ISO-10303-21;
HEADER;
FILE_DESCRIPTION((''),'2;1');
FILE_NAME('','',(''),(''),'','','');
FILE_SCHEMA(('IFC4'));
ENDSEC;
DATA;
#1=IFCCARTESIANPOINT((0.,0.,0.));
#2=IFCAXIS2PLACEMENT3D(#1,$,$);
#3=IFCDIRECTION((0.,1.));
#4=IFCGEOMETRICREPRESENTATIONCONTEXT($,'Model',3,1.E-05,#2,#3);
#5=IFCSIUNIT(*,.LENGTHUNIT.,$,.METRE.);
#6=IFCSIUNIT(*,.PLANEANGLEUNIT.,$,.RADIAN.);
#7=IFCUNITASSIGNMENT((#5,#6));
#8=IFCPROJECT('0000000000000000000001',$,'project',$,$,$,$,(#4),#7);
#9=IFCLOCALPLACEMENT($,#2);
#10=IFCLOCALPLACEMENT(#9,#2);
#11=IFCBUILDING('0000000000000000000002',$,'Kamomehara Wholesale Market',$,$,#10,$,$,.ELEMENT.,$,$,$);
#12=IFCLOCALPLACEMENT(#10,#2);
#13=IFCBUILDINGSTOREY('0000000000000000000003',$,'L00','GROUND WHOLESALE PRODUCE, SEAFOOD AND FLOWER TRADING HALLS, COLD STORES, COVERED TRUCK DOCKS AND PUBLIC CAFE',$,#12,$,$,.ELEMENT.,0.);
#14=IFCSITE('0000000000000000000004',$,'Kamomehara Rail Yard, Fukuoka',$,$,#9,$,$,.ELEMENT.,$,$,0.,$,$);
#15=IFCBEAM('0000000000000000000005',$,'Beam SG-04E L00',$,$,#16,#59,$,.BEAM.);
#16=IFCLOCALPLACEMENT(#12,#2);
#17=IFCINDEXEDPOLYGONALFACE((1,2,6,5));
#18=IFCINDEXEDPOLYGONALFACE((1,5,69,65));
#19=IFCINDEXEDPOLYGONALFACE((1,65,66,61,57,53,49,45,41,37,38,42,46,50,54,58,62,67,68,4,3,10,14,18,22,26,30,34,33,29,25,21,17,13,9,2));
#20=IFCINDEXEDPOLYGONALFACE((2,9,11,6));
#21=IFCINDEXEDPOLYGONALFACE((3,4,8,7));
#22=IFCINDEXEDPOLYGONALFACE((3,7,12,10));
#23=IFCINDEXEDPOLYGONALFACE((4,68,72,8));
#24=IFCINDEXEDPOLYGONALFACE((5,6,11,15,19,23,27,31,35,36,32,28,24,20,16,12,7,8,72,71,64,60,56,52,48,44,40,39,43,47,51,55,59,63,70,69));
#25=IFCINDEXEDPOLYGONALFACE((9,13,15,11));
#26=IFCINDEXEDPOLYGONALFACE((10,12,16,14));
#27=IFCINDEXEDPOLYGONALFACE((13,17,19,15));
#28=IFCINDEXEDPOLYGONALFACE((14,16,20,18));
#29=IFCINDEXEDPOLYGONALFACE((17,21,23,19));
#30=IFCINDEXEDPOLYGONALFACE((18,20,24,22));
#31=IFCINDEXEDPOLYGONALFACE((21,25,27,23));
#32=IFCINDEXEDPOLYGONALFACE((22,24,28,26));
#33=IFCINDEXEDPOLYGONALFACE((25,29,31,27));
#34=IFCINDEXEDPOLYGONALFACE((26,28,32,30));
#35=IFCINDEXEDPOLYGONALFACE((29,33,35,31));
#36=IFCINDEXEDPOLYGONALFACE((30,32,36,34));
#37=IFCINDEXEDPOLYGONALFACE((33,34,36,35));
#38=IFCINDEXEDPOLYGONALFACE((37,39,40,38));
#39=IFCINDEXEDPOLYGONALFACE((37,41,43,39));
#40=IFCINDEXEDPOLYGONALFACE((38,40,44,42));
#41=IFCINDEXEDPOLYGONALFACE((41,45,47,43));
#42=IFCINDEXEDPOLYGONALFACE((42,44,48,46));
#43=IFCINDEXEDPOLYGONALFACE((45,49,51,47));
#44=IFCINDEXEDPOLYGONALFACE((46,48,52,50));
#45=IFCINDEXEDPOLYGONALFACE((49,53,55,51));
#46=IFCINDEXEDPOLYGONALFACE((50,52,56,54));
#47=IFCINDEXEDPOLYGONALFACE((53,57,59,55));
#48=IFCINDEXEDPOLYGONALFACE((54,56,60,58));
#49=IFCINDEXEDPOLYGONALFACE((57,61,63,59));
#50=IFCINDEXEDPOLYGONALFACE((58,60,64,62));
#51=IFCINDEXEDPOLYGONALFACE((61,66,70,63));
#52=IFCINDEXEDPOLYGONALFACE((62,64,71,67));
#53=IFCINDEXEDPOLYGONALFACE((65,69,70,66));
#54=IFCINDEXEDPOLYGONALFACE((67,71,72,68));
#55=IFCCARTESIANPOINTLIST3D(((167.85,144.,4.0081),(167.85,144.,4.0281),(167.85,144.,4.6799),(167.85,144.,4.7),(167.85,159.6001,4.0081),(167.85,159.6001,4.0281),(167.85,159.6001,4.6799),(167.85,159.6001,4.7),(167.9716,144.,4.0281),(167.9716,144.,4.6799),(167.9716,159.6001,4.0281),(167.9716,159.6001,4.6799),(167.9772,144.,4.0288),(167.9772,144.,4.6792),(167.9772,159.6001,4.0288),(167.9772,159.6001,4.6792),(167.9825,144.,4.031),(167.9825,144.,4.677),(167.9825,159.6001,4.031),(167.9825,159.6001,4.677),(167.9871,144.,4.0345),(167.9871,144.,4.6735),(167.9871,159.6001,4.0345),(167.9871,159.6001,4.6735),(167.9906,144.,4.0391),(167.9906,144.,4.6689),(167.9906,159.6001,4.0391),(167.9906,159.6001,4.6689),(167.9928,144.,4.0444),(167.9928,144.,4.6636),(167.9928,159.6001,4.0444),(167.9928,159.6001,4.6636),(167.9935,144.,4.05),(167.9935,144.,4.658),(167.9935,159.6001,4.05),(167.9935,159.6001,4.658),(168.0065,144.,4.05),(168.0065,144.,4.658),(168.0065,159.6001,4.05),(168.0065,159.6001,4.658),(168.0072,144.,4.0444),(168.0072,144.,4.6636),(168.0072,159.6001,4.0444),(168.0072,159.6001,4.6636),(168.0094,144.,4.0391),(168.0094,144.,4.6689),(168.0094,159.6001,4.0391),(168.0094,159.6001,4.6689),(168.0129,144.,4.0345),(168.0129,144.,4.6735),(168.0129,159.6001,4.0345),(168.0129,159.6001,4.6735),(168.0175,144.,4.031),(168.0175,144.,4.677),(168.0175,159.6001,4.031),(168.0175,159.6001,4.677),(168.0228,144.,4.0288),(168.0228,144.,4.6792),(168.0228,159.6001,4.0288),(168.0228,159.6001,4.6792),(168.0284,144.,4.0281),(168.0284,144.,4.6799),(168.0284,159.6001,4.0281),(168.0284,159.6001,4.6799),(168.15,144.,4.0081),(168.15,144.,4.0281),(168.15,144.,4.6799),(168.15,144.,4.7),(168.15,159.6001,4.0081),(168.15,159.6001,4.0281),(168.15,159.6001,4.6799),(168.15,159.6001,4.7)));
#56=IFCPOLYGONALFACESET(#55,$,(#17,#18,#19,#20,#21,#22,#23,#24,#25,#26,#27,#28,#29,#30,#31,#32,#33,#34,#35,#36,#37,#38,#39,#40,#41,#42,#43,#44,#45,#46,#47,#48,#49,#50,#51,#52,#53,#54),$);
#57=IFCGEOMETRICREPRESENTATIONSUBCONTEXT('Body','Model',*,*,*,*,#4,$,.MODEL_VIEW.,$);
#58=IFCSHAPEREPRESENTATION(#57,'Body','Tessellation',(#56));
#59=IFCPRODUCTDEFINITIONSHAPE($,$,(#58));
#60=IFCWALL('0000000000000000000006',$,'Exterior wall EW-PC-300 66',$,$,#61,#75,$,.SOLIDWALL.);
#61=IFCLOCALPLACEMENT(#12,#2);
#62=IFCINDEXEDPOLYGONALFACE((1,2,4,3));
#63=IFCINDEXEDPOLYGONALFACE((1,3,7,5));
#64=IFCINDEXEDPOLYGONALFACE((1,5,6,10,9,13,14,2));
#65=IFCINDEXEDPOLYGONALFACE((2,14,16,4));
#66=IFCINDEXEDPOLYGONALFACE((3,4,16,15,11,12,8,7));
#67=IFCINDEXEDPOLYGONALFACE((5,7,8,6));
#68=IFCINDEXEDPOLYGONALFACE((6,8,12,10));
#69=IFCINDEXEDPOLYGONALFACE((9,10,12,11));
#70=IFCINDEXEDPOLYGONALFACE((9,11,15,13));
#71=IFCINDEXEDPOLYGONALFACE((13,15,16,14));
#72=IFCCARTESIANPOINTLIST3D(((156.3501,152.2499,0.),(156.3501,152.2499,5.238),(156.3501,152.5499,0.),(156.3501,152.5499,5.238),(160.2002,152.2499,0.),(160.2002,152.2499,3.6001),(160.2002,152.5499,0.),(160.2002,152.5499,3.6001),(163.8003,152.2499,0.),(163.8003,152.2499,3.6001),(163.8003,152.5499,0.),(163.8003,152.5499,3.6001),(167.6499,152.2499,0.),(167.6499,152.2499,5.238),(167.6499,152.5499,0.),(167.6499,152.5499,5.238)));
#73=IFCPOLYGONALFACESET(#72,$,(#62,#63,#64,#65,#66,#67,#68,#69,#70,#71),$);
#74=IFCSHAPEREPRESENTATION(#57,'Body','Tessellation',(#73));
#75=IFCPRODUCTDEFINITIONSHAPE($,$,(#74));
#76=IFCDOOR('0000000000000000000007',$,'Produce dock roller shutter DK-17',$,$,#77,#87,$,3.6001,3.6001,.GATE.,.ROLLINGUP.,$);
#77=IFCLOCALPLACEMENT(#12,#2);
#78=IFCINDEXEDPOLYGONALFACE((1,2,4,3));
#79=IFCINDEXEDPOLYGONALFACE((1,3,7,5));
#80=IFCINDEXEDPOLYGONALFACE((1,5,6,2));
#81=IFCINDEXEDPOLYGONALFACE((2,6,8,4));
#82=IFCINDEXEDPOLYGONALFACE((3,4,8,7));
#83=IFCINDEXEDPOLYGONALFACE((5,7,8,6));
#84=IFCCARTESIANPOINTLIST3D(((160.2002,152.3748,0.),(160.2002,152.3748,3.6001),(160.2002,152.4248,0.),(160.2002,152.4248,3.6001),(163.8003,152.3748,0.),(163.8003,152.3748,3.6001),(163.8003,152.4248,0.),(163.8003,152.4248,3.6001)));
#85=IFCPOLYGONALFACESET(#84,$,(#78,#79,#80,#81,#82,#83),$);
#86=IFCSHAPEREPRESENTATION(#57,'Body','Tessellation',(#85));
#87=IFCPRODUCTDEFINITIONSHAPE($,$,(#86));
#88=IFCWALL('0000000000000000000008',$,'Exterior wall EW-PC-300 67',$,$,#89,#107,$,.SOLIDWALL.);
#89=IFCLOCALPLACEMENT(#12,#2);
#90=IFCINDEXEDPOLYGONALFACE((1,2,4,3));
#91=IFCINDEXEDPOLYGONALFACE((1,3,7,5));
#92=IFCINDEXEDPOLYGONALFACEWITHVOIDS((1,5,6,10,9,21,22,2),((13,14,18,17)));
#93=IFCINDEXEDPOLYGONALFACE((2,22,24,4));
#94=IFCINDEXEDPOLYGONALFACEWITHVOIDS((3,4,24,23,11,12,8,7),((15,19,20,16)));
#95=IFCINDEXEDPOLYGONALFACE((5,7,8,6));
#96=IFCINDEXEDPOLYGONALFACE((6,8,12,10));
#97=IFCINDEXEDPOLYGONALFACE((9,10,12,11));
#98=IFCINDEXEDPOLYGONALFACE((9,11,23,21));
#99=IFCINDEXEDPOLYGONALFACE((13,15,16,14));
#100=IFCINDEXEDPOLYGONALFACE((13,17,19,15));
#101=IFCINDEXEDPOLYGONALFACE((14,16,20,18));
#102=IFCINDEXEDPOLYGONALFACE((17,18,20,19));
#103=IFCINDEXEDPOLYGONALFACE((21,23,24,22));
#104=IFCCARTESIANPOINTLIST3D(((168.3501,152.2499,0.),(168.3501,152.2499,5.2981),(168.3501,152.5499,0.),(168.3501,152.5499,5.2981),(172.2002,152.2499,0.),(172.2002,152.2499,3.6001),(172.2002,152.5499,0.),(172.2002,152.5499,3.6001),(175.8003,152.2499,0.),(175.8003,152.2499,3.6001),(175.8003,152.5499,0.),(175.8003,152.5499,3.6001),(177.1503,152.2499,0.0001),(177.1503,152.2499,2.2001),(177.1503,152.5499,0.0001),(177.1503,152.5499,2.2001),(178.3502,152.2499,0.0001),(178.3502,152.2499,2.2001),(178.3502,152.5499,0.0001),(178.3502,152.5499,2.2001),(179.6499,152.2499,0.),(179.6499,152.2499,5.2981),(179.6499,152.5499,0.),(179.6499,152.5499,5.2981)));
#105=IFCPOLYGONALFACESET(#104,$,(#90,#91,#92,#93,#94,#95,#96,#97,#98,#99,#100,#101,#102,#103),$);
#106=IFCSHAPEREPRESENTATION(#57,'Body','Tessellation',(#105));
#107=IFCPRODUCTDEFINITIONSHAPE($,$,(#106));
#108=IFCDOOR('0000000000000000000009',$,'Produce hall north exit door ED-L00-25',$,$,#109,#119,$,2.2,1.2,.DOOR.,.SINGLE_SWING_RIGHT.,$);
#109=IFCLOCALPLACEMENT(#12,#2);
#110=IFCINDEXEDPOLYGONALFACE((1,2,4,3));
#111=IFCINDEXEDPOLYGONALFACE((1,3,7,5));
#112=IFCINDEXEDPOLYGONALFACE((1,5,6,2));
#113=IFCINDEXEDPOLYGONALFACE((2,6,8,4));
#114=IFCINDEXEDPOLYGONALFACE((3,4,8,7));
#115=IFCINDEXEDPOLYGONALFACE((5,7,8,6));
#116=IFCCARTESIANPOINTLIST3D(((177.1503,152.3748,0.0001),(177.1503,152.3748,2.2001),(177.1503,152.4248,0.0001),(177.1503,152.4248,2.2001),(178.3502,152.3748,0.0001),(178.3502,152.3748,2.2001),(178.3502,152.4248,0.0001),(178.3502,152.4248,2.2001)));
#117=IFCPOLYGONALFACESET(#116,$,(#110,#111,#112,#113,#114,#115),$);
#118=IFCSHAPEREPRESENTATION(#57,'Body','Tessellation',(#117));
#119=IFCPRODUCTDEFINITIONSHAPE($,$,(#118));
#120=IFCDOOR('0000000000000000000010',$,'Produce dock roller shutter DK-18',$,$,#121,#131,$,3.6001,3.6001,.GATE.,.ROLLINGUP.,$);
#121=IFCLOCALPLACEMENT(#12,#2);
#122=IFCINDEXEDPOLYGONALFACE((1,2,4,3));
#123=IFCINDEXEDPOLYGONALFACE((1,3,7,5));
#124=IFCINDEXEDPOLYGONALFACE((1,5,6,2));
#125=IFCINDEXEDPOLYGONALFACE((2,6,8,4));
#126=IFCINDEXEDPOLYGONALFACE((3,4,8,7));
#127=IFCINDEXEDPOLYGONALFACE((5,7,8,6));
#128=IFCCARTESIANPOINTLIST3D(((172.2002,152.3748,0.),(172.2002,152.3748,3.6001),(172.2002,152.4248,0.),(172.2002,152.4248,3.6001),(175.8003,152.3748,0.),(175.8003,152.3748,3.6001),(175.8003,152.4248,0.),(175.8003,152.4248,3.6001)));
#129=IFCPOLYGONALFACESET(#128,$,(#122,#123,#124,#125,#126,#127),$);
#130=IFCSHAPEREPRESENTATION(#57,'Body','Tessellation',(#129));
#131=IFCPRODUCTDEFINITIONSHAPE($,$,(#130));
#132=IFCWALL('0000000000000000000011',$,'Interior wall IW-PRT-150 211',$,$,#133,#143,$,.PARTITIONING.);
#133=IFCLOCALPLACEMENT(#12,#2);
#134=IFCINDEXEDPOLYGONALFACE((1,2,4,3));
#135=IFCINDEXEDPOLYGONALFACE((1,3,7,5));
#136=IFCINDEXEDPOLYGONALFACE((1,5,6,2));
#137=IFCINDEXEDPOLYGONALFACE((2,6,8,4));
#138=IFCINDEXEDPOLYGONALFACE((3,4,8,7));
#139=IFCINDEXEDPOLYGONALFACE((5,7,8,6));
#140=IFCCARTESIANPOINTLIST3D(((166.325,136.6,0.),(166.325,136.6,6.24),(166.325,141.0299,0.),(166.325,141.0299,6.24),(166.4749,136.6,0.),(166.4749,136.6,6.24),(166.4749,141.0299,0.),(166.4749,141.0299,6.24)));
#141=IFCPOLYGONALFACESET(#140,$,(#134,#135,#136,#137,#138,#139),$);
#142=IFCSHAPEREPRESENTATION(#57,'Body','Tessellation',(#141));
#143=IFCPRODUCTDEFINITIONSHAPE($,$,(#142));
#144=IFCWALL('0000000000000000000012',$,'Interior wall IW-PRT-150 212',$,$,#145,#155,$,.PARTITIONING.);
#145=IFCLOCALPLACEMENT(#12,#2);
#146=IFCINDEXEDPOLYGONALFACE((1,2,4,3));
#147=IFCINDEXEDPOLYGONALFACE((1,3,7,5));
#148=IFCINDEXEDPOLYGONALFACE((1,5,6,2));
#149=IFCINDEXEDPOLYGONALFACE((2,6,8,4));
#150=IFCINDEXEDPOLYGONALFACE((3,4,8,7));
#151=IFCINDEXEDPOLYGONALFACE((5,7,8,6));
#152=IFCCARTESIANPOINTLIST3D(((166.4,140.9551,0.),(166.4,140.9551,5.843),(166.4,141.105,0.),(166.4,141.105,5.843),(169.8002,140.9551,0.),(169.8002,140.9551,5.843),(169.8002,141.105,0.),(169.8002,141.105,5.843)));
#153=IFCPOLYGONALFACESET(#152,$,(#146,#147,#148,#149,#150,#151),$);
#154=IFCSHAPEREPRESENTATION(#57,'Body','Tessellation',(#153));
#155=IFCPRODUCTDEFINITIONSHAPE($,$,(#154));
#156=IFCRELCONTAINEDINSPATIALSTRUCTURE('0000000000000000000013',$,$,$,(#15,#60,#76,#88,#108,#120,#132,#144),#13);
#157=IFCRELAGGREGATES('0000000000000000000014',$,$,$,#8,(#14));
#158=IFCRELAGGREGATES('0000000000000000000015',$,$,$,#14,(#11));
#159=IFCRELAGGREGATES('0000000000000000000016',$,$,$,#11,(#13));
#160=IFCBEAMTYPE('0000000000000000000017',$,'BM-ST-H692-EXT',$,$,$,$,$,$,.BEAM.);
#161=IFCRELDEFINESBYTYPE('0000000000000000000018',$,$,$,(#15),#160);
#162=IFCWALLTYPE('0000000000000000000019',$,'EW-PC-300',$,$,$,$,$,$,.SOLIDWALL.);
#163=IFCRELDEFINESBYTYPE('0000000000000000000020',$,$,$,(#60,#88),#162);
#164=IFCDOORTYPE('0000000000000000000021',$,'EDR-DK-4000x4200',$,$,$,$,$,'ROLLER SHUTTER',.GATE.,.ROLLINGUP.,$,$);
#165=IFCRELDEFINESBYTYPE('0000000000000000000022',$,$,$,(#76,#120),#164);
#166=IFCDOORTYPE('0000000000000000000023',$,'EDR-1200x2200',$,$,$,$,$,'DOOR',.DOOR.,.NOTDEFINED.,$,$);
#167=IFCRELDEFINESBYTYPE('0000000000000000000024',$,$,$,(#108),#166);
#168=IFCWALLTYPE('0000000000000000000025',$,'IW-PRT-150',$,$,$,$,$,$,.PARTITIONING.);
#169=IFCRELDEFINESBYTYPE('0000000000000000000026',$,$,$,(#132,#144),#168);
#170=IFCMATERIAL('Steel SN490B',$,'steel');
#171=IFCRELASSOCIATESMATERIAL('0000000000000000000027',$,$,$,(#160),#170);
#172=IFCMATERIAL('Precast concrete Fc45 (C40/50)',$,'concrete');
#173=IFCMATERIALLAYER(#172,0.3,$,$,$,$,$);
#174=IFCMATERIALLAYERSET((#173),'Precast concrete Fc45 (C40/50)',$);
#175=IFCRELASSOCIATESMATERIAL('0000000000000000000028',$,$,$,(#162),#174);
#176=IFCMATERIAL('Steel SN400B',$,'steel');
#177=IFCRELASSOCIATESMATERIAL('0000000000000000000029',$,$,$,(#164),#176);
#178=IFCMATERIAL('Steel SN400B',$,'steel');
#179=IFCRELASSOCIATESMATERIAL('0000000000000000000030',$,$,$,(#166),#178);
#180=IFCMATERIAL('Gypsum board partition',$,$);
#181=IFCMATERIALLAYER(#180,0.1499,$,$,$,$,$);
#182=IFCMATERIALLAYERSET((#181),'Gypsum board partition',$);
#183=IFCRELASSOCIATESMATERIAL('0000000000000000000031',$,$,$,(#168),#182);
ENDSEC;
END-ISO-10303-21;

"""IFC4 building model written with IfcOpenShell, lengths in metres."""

from ifc_helpers import new_model, si_unit, direction, frame, frame_2d, origin, origin_2d, place, context, subcontext, project, spatial, rectangle, i_section, extrude, material, layer, layer_set, material_profile, profile_set, type_object, element, fill, save


model = new_model("IFC4")

# Units and contexts
model_context = context("Model", 3, precision=1e-05, world=origin(), true_north=direction((0.0, 1.0)))
body_context = subcontext(model_context, "Body", "Model", "MODEL_VIEW")
ifc_project = project(units=[si_unit("LENGTHUNIT", "METRE"), si_unit("PLANEANGLEUNIT", "RADIAN")], contexts=[model_context])

# Site, building, storey
site_placement = place(None, origin())
site = spatial("IfcSite", under=ifc_project, at=site_placement, Name="Kamomehara Rail Yard, Fukuoka", CompositionType="ELEMENT", RefElevation=0.0)
building_placement = place(site_placement, origin())
building = spatial("IfcBuilding", under=site, at=building_placement, Name="Kamomehara Wholesale Market", CompositionType="ELEMENT")
storey_placement = place(building_placement, origin())
storey = spatial("IfcBuildingStorey", under=building, at=storey_placement, Name="L00", Description="GROUND WHOLESALE PRODUCE, SEAFOOD AND FLOWER TRADING HALLS, COLD STORES, COVERED TRUCK DOCKS AND PUBLIC CAFE", CompositionType="ELEMENT", Elevation=0.0)

# Beam
ifc_material_1 = material(Name="Steel SN490B", Category="steel")
ifc_material_profile_1 = material_profile(ifc_material_1, i_section(OverallWidth=0.3, OverallDepth=0.6919, WebThickness=0.0129, FlangeThickness=0.02, FilletRadius=0.022, at=origin_2d()), Name="H-692x300x13x20")
ifc_profile_set_1 = profile_set([ifc_material_profile_1], Name="Steel SN490B")
beam_type = type_object("IfcBeamType", Name="BM-ST-H692-EXT", PredefinedType="BEAM", material=ifc_profile_set_1)
beam_placement = place(storey_placement, frame((168.0, 144.0, 4.354), z_axis=(0.0, 1.0, 0.0), x_axis=(-1.0, 0.0, 0.0)))
element("IfcBeam", 1, at=beam_placement, inside=storey, type_object=beam_type, Name="Beam SG-04E L00", PredefinedType="BEAM", context=body_context, shape_type="SweptSolid", body=[
    extrude(i_section(OverallWidth=0.3, OverallDepth=0.6919, WebThickness=0.0129, FlangeThickness=0.02, FilletRadius=0.022, at=origin_2d()), origin(), (0.0, 0.0, 1.0), 15.6001),
])

# Wall, opening, door
ifc_material_2 = material(Name="Precast concrete Fc45 (C40/50)", Category="concrete")
ifc_layer_1 = layer(ifc_material_2, 0.3)
ifc_layer_set_1 = layer_set([ifc_layer_1], Name="Precast concrete Fc45 (C40/50)")
wall_type_1 = type_object("IfcWallType", Name="EW-PC-300", PredefinedType="SOLIDWALL", material=ifc_layer_set_1)
wall_1_placement = place(storey_placement, frame((156.3501, 152.3999, 0.0), z_axis=(0.0, 0.0, 1.0), x_axis=(1.0, 0.0, 0.0)))
wall_1 = element("IfcWall", 2, at=wall_1_placement, inside=storey, type_object=wall_type_1, Name="Exterior wall EW-PC-300 66", PredefinedType="SOLIDWALL", context=body_context, shape_type="SweptSolid", body=[
    extrude(rectangle(XDim=11.2998, YDim=0.3, at=frame_2d((5.6499, 0.0))), origin(), (0.0, 0.0, 1.0), 5.238),
])
opening_1_placement = place(wall_1_placement, frame((3.8501, 0.0, 0.0)))
opening_1 = element("IfcOpeningElement", 3, at=opening_1_placement, cuts=wall_1, PredefinedType="OPENING", context=body_context, shape_type="SweptSolid", body=[
    extrude(rectangle(XDim=3.6001, YDim=3.6001, at=frame_2d((1.8, 1.8))), frame((0.0, 0.165, 0.0), z_axis=(0.0, -1.0, 0.0), x_axis=(1.0, 0.0, 0.0)), (0.0, 0.0, 1.0), 0.3298),
])
ifc_material_3 = material(Name="Steel SN400B", Category="steel")
door_type_1 = type_object("IfcDoorType", Name="EDR-DK-4000x4200", ElementType="ROLLER SHUTTER", OperationType="ROLLINGUP", PredefinedType="GATE", material=ifc_material_3)
door_1_placement = place(opening_1_placement, origin())
door_1 = element("IfcDoor", 4, at=door_1_placement, inside=storey, type_object=door_type_1, Name="Produce dock roller shutter DK-17", OperationType="ROLLINGUP", OverallHeight=3.6001, OverallWidth=3.6001, PredefinedType="GATE", context=body_context, shape_type="SweptSolid", body=[
    extrude(rectangle(XDim=3.6001, YDim=3.6001, at=frame_2d((1.8, 1.8))), frame((0.0, 0.0249, 0.0), z_axis=(0.0, -1.0, 0.0), x_axis=(1.0, 0.0, 0.0)), (0.0, 0.0, 1.0), 0.05),
])
fill(opening_1, door_1)

# Wall, openings, doors
wall_2_placement = place(storey_placement, frame((168.3501, 152.3999, 0.0), z_axis=(0.0, 0.0, 1.0), x_axis=(1.0, 0.0, 0.0)))
wall_2 = element("IfcWall", 5, at=wall_2_placement, inside=storey, type_object=wall_type_1, Name="Exterior wall EW-PC-300 67", PredefinedType="SOLIDWALL", context=body_context, shape_type="SweptSolid", body=[
    extrude(rectangle(XDim=11.2998, YDim=0.3, at=frame_2d((5.6499, 0.0))), origin(), (0.0, 0.0, 1.0), 5.2981),
])
opening_2_placement = place(wall_2_placement, frame((3.8501, 0.0, 0.0)))
opening_2 = element("IfcOpeningElement", 6, at=opening_2_placement, cuts=wall_2, PredefinedType="OPENING", context=body_context, shape_type="SweptSolid", body=[
    extrude(rectangle(XDim=3.6001, YDim=3.6001, at=frame_2d((1.8, 1.8))), frame((0.0, 0.165, 0.0), z_axis=(0.0, -1.0, 0.0), x_axis=(1.0, 0.0, 0.0)), (0.0, 0.0, 1.0), 0.3298),
])
opening_3_placement = place(wall_2_placement, frame((8.8, 0.0, 0.0)))
opening_3 = element("IfcOpeningElement", 7, at=opening_3_placement, cuts=wall_2, PredefinedType="OPENING", context=body_context, shape_type="SweptSolid", body=[
    extrude(rectangle(XDim=1.2, YDim=2.2, at=frame_2d((0.6001, 1.1001))), frame((0.0, 0.165, 0.0), z_axis=(0.0, -1.0, 0.0), x_axis=(1.0, 0.0, 0.0)), (0.0, 0.0, 1.0), 0.3298),
])
ifc_material_4 = material(Name="Steel SN400B", Category="steel")
door_type_2 = type_object("IfcDoorType", Name="EDR-1200x2200", ElementType="DOOR", OperationType="NOTDEFINED", PredefinedType="DOOR", material=ifc_material_4)
door_2_placement = place(opening_3_placement, origin())
door_2 = element("IfcDoor", 8, at=door_2_placement, inside=storey, type_object=door_type_2, Name="Produce hall north exit door ED-L00-25", OperationType="SINGLE_SWING_RIGHT", OverallHeight=2.2, OverallWidth=1.2, PredefinedType="DOOR", context=body_context, shape_type="SweptSolid", body=[
    extrude(rectangle(XDim=1.2, YDim=2.2, at=frame_2d((0.6001, 1.1001))), frame((0.0, 0.0249, 0.0), z_axis=(0.0, -1.0, 0.0), x_axis=(1.0, 0.0, 0.0)), (0.0, 0.0, 1.0), 0.05),
])
fill(opening_3, door_2)
door_3_placement = place(opening_2_placement, origin())
door_3 = element("IfcDoor", 9, at=door_3_placement, inside=storey, type_object=door_type_1, Name="Produce dock roller shutter DK-18", OperationType="ROLLINGUP", OverallHeight=3.6001, OverallWidth=3.6001, PredefinedType="GATE", context=body_context, shape_type="SweptSolid", body=[
    extrude(rectangle(XDim=3.6001, YDim=3.6001, at=frame_2d((1.8, 1.8))), frame((0.0, 0.0249, 0.0), z_axis=(0.0, -1.0, 0.0), x_axis=(1.0, 0.0, 0.0)), (0.0, 0.0, 1.0), 0.05),
])
fill(opening_2, door_3)

# Walls
ifc_material_5 = material(Name="Gypsum board partition")
ifc_layer_2 = layer(ifc_material_5, 0.1499)
ifc_layer_set_2 = layer_set([ifc_layer_2], Name="Gypsum board partition")
wall_type_2 = type_object("IfcWallType", Name="IW-PRT-150", PredefinedType="PARTITIONING", material=ifc_layer_set_2)
wall_3_placement = place(storey_placement, frame((166.3999, 136.6001, 0.0), z_axis=(0.0, 0.0, 1.0), x_axis=(0.0, 1.0, 0.0)))
element("IfcWall", 10, at=wall_3_placement, inside=storey, type_object=wall_type_2, Name="Interior wall IW-PRT-150 211", PredefinedType="PARTITIONING", context=body_context, shape_type="SweptSolid", body=[
    extrude(rectangle(XDim=4.4299, YDim=0.1499, at=frame_2d((2.2148, 0.0))), origin(), (0.0, 0.0, 1.0), 6.24),
])
wall_4_placement = place(storey_placement, frame((166.3999, 141.03, 0.0), z_axis=(0.0, 0.0, 1.0), x_axis=(1.0, 0.0, 0.0)))
element("IfcWall", 11, at=wall_4_placement, inside=storey, type_object=wall_type_2, Name="Interior wall IW-PRT-150 212", PredefinedType="PARTITIONING", context=body_context, shape_type="SweptSolid", body=[
    extrude(rectangle(XDim=3.4001, YDim=0.1499, at=frame_2d((1.7002, 0.0))), origin(), (0.0, 0.0, 1.0), 5.843),
])

save(model, "model.ifc")
